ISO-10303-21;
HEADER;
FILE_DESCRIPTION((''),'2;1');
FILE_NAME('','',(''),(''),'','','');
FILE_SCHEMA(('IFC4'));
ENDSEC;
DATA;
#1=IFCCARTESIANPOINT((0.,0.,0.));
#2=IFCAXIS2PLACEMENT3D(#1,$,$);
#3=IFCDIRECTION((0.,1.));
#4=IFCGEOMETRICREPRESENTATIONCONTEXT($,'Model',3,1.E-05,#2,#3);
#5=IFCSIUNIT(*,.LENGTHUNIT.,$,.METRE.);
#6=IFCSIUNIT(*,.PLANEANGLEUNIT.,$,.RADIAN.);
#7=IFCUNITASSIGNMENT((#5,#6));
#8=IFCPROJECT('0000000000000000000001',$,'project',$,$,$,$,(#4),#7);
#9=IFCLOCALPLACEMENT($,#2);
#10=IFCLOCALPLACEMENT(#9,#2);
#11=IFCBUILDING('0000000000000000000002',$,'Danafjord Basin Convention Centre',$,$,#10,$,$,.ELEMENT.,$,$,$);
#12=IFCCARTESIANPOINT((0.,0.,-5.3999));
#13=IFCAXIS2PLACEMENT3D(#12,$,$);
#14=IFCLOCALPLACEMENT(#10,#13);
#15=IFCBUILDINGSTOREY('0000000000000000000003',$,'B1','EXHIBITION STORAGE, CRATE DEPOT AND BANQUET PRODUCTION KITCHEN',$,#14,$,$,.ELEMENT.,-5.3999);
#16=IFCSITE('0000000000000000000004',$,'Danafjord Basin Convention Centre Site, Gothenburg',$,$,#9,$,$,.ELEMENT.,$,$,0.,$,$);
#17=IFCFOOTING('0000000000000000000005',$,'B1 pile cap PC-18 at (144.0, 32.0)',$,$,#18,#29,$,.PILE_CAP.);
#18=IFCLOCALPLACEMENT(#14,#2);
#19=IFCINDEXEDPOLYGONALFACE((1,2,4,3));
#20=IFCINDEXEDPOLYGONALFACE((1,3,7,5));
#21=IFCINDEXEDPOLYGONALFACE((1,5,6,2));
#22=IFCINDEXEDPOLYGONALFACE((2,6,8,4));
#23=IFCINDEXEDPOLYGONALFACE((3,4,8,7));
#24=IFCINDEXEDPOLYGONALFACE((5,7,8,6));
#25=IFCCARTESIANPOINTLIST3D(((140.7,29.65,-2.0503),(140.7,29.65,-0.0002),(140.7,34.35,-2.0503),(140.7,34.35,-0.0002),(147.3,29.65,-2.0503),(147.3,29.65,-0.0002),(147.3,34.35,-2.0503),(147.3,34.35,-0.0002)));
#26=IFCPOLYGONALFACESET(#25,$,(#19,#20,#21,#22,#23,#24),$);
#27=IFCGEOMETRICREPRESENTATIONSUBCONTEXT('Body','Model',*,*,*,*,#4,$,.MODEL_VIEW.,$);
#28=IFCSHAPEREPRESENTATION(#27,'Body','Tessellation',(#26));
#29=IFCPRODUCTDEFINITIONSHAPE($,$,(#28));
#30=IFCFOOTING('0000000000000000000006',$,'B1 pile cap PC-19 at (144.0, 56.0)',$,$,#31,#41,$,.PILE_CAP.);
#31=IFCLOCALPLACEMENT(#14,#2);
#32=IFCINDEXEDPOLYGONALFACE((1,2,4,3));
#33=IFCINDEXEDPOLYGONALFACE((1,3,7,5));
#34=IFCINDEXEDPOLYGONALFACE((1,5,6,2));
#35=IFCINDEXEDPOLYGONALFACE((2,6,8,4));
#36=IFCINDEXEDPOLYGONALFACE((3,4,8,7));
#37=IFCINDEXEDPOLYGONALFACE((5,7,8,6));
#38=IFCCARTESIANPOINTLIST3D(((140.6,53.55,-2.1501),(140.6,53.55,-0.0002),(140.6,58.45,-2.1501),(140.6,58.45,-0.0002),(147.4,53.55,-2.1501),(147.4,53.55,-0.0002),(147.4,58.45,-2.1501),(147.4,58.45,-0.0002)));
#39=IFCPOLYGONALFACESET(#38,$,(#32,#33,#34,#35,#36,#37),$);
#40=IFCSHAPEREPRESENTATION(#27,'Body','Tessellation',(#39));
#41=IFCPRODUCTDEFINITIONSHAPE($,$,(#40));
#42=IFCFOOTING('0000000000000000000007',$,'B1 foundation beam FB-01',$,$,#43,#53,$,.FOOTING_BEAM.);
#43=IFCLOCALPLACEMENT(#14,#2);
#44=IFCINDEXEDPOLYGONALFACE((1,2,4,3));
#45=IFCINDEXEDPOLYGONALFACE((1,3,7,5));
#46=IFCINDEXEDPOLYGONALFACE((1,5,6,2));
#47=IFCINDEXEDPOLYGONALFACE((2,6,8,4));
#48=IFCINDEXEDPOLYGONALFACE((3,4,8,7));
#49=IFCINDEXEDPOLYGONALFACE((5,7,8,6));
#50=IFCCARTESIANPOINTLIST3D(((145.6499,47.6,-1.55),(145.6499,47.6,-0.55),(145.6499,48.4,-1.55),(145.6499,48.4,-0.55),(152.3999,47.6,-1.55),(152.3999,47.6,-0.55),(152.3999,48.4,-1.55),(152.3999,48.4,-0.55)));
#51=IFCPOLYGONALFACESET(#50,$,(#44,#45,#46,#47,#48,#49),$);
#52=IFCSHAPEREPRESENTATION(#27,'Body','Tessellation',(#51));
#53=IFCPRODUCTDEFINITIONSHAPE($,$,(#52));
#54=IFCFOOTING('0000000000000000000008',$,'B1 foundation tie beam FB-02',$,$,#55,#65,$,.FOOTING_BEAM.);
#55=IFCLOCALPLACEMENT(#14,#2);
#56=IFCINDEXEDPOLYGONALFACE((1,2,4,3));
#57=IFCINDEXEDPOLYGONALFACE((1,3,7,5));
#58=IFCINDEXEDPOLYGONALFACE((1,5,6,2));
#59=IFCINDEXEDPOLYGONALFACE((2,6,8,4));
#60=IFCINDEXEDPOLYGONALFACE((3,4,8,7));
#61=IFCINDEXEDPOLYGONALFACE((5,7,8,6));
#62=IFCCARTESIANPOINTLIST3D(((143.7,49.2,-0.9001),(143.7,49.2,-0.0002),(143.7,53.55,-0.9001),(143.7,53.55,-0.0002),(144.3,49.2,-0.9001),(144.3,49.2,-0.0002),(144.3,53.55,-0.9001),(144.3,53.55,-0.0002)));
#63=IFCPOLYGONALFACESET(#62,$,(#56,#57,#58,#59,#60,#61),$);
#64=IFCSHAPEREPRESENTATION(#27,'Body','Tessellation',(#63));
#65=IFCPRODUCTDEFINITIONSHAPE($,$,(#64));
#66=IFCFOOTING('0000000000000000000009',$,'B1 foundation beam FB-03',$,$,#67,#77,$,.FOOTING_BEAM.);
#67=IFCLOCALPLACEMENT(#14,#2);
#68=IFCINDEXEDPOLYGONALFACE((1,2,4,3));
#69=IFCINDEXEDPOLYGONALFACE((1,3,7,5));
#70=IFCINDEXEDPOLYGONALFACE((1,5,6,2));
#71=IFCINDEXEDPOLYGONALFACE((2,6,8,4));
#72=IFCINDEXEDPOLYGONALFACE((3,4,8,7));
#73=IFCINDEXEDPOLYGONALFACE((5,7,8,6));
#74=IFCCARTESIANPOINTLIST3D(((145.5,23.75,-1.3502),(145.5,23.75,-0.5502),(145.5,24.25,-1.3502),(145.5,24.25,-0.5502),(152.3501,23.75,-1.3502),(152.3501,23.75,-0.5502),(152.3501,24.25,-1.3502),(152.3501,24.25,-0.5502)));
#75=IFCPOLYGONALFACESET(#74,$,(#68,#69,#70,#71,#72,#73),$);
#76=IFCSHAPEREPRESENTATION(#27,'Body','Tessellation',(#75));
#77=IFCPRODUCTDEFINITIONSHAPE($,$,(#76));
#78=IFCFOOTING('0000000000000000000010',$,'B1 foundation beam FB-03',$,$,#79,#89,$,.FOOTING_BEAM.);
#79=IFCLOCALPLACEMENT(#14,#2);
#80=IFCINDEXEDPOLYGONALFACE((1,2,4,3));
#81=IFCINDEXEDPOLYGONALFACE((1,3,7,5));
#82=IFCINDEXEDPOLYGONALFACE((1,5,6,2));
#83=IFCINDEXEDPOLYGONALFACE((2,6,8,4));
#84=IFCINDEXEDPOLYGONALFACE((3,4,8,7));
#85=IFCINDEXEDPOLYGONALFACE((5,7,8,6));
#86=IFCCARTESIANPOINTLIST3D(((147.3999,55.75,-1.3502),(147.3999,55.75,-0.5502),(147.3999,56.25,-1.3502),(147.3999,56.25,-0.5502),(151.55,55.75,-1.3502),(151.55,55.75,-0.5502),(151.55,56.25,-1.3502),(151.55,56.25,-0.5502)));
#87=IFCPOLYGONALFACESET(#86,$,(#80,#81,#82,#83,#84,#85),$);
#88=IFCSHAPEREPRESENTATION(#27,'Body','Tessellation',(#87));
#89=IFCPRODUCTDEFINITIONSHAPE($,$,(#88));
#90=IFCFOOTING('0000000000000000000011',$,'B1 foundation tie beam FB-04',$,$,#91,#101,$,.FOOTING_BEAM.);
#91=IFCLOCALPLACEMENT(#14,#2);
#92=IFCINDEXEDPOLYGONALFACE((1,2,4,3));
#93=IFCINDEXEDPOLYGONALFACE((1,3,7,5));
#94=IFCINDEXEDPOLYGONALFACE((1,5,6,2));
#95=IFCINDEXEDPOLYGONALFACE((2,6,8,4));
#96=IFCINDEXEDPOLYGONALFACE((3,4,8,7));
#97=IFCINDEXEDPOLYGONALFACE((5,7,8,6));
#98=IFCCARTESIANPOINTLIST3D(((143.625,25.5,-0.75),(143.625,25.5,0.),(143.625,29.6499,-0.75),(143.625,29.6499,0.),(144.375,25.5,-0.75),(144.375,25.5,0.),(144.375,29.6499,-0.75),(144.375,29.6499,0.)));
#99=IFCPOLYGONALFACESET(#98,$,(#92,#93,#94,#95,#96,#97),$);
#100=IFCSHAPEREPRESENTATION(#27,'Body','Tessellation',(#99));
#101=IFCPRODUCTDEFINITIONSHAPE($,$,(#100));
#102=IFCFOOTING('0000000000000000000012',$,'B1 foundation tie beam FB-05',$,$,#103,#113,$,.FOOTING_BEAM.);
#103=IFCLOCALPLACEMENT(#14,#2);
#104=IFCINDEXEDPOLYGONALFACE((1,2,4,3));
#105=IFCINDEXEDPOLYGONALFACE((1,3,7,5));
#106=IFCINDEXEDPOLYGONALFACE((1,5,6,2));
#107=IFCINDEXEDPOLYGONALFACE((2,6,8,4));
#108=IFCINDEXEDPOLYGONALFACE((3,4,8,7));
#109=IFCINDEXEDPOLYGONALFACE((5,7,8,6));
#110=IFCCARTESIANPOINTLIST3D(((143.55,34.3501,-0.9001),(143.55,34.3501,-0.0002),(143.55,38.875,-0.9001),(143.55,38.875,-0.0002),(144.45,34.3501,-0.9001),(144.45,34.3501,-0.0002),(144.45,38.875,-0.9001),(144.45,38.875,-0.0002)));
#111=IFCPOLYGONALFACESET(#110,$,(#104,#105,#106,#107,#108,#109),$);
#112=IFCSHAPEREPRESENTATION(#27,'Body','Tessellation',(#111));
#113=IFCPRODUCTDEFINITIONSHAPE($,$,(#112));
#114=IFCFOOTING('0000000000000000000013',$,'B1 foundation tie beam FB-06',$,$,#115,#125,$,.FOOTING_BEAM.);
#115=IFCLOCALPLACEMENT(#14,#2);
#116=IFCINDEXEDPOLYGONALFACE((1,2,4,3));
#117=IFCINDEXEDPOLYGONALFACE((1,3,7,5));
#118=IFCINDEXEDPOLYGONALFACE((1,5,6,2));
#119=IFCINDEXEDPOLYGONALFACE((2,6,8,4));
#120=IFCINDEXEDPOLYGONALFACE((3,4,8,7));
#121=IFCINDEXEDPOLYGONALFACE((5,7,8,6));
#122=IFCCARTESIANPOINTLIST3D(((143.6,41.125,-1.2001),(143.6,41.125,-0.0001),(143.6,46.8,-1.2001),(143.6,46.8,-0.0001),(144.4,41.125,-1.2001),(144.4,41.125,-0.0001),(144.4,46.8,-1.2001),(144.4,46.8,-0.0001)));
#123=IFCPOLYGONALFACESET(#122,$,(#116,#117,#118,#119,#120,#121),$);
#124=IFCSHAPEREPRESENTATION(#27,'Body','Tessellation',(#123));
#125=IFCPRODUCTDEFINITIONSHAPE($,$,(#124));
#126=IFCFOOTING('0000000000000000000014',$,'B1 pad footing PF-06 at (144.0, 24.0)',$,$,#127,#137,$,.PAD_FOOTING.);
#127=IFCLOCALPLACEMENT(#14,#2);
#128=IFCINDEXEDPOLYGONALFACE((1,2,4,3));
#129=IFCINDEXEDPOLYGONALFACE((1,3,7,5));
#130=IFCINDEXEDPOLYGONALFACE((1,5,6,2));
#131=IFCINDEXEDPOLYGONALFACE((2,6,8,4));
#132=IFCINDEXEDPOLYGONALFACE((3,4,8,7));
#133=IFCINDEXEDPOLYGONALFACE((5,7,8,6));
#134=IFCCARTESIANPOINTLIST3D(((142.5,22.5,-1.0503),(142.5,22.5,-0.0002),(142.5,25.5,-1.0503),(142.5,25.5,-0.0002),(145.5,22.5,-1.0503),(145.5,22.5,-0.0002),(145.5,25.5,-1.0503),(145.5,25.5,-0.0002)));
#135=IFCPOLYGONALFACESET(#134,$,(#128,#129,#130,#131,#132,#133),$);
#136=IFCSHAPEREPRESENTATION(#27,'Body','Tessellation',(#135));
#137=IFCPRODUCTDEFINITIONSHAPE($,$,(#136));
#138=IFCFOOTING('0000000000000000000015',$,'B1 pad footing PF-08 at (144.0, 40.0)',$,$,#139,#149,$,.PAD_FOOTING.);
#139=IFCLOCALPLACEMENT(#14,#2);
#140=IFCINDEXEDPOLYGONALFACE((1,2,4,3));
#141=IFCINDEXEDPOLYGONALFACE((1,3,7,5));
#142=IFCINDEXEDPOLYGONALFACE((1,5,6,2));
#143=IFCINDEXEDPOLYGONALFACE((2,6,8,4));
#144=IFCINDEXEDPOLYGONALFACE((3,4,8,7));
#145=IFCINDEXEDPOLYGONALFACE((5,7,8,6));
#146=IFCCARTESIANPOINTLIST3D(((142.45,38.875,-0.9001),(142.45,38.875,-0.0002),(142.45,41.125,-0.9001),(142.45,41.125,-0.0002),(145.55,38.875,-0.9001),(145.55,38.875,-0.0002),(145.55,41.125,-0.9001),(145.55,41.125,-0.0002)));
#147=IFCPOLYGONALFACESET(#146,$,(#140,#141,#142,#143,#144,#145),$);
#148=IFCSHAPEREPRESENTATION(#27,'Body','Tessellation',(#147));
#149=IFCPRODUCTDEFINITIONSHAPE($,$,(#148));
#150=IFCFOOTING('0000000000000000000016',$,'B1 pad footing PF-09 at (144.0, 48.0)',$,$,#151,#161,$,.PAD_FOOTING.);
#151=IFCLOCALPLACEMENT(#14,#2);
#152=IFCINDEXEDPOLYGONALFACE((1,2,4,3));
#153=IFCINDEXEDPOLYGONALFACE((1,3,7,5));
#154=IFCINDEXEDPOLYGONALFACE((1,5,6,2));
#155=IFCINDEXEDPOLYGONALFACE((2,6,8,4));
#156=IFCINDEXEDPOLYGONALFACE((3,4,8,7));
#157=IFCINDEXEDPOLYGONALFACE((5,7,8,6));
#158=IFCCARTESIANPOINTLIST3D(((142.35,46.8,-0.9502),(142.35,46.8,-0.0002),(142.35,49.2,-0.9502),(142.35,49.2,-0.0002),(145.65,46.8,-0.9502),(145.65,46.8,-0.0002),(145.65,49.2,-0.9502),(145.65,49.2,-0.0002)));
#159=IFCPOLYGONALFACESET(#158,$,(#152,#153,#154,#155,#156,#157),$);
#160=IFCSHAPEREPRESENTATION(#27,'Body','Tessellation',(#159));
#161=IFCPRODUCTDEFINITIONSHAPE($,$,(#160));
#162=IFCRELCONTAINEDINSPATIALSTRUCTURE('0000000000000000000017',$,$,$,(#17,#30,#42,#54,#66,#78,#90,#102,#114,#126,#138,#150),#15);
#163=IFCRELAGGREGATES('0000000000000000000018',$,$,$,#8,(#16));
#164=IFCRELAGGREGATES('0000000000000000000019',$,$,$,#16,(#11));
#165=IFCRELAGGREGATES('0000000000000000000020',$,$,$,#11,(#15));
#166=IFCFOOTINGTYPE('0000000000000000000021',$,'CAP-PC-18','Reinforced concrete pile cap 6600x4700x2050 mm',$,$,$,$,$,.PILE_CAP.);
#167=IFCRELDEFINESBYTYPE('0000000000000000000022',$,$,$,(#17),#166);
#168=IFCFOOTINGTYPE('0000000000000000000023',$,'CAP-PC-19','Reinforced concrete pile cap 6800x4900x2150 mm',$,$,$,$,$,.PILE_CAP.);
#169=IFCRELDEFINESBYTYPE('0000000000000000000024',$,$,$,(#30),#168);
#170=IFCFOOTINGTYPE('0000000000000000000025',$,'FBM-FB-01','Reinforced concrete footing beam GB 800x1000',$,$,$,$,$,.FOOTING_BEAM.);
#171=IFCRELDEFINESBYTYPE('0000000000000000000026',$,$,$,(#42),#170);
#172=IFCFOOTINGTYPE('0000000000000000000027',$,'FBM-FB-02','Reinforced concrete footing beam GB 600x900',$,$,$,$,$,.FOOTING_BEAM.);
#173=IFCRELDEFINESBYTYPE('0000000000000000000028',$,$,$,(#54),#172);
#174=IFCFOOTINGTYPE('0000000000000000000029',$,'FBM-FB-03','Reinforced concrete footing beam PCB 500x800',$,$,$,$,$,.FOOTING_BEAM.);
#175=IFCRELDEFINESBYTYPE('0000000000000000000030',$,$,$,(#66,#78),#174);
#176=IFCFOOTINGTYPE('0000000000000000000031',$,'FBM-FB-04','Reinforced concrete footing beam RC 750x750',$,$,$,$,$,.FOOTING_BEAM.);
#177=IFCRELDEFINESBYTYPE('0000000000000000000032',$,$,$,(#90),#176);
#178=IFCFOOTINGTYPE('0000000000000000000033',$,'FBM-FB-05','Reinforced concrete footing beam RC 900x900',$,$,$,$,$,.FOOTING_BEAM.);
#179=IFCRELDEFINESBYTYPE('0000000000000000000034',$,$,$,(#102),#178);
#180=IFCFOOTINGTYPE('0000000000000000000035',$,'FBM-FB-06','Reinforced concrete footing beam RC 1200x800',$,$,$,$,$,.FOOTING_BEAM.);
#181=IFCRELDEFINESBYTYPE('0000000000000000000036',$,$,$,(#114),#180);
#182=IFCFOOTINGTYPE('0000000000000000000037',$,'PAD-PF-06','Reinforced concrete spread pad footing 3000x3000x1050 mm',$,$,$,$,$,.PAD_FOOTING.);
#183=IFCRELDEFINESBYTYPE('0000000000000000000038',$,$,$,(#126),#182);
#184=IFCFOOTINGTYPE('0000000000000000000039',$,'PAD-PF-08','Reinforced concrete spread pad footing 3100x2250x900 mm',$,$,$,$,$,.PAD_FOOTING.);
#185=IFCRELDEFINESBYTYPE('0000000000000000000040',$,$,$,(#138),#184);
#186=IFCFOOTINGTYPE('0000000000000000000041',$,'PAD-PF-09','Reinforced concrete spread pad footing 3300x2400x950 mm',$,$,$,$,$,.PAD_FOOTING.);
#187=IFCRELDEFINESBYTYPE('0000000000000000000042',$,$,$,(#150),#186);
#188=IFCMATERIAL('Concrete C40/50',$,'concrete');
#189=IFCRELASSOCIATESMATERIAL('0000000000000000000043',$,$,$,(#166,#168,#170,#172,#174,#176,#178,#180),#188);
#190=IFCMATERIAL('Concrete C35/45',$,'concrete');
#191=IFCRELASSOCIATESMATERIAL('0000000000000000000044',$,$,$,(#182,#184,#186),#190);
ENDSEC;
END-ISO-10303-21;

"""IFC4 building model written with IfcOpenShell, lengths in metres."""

from ifc_helpers import new_model, si_unit, direction, frame, origin, origin_2d, place, context, subcontext, project, spatial, rectangle, extrude, material, material_profile, profile_set, type_object, element, save


model = new_model("IFC4")

# Units and contexts
model_context = context("Model", 3, precision=1e-05, world=origin(), true_north=direction((0.0, 1.0)))
body_context = subcontext(model_context, "Body", "Model", "MODEL_VIEW")
ifc_project = project(units=[si_unit("LENGTHUNIT", "METRE"), si_unit("PLANEANGLEUNIT", "RADIAN")], contexts=[model_context])

# Site, building, storey
site_placement = place(None, origin())
site = spatial("IfcSite", under=ifc_project, at=site_placement, Name="Danafjord Basin Convention Centre Site, Gothenburg", CompositionType="ELEMENT", RefElevation=0.0)
building_placement = place(site_placement, origin())
building = spatial("IfcBuilding", under=site, at=building_placement, Name="Danafjord Basin Convention Centre", CompositionType="ELEMENT")
storey_placement = place(building_placement, frame((0.0, 0.0, -5.3999)))
storey = spatial("IfcBuildingStorey", under=building, at=storey_placement, Name="B1", Description="EXHIBITION STORAGE, CRATE DEPOT AND BANQUET PRODUCTION KITCHEN", CompositionType="ELEMENT", Elevation=-5.3999)

# Footings
ifc_material_1 = material(Name="Concrete C40/50", Category="concrete")
footing_type_1 = type_object("IfcFootingType", Name="CAP-PC-18", Description="Reinforced concrete pile cap 6600x4700x2050 mm", PredefinedType="PILE_CAP", material=ifc_material_1)
footing_1_placement = place(storey_placement, frame((144.0, 32.0, -2.0503), z_axis=(0.0, 0.0, 1.0), x_axis=(1.0, 0.0, 0.0)))
element("IfcFooting", 1, at=footing_1_placement, inside=storey, type_object=footing_type_1, Name="B1 pile cap PC-18 at (144.0, 32.0)", PredefinedType="PILE_CAP", context=body_context, shape_type="SweptSolid", body=[
    extrude(rectangle(XDim=6.6001, YDim=4.7, at=origin_2d()), origin(), (0.0, 0.0, 1.0), 2.05),
])
footing_type_2 = type_object("IfcFootingType", Name="CAP-PC-19", Description="Reinforced concrete pile cap 6800x4900x2150 mm", PredefinedType="PILE_CAP", material=ifc_material_1)
footing_2_placement = place(storey_placement, frame((144.0, 56.0, -2.1501), z_axis=(0.0, 0.0, 1.0), x_axis=(1.0, 0.0, 0.0)))
element("IfcFooting", 2, at=footing_2_placement, inside=storey, type_object=footing_type_2, Name="B1 pile cap PC-19 at (144.0, 56.0)", PredefinedType="PILE_CAP", context=body_context, shape_type="SweptSolid", body=[
    extrude(rectangle(XDim=6.8, YDim=4.8999, at=origin_2d()), origin(), (0.0, 0.0, 1.0), 2.1499),
])
ifc_material_profile_1 = material_profile(ifc_material_1, rectangle(XDim=0.8, YDim=1.0, at=origin_2d()), Name="GB 800x1000")
ifc_profile_set_1 = profile_set([ifc_material_profile_1], Name="Concrete C40/50")
footing_type_3 = type_object("IfcFootingType", Name="FBM-FB-01", Description="Reinforced concrete footing beam GB 800x1000", PredefinedType="FOOTING_BEAM", material=ifc_profile_set_1)
footing_3_placement = place(storey_placement, frame((145.6499, 48.0, -1.05), z_axis=(1.0, 0.0, 0.0), x_axis=(0.0, 1.0, 0.0)))
element("IfcFooting", 3, at=footing_3_placement, inside=storey, type_object=footing_type_3, Name="B1 foundation beam FB-01", PredefinedType="FOOTING_BEAM", context=body_context, shape_type="SweptSolid", body=[
    extrude(rectangle(XDim=0.8, YDim=1.0, at=origin_2d()), origin(), (0.0, 0.0, 1.0), 6.75),
])
ifc_material_profile_2 = material_profile(ifc_material_1, rectangle(XDim=0.6001, YDim=0.8999, at=origin_2d()), Name="GB 600x900")
ifc_profile_set_2 = profile_set([ifc_material_profile_2], Name="Concrete C40/50")
footing_type_4 = type_object("IfcFootingType", Name="FBM-FB-02", Description="Reinforced concrete footing beam GB 600x900", PredefinedType="FOOTING_BEAM", material=ifc_profile_set_2)
footing_4_placement = place(storey_placement, frame((144.0, 49.2, -0.4502), z_axis=(0.0, 1.0, 0.0), x_axis=(-1.0, 0.0, 0.0)))
element("IfcFooting", 4, at=footing_4_placement, inside=storey, type_object=footing_type_4, Name="B1 foundation tie beam FB-02", PredefinedType="FOOTING_BEAM", context=body_context, shape_type="SweptSolid", body=[
    extrude(rectangle(XDim=0.6001, YDim=0.8999, at=origin_2d()), origin(), (0.0, 0.0, 1.0), 4.3501),
])
ifc_material_profile_3 = material_profile(ifc_material_1, rectangle(XDim=0.5, YDim=0.8, at=origin_2d()), Name="PCB 500x800")
ifc_profile_set_3 = profile_set([ifc_material_profile_3], Name="Concrete C40/50")
footing_type_5 = type_object("IfcFootingType", Name="FBM-FB-03", Description="Reinforced concrete footing beam PCB 500x800", PredefinedType="FOOTING_BEAM", material=ifc_profile_set_3)
footing_5_placement = place(storey_placement, frame((145.5, 24.0, -0.9502), z_axis=(1.0, 0.0, 0.0), x_axis=(0.0, 1.0, 0.0)))
element("IfcFooting", 5, at=footing_5_placement, inside=storey, type_object=footing_type_5, Name="B1 foundation beam FB-03", PredefinedType="FOOTING_BEAM", context=body_context, shape_type="SweptSolid", body=[
    extrude(rectangle(XDim=0.5, YDim=0.8, at=origin_2d()), origin(), (0.0, 0.0, 1.0), 6.8501),
])
footing_6_placement = place(storey_placement, frame((147.3999, 56.0, -0.9502), z_axis=(1.0, 0.0, 0.0), x_axis=(0.0, 1.0, 0.0)))
element("IfcFooting", 6, at=footing_6_placement, inside=storey, type_object=footing_type_5, Name="B1 foundation beam FB-03", PredefinedType="FOOTING_BEAM", context=body_context, shape_type="SweptSolid", body=[
    extrude(rectangle(XDim=0.5, YDim=0.8, at=origin_2d()), origin(), (0.0, 0.0, 1.0), 4.1501),
])
ifc_material_profile_4 = material_profile(ifc_material_1, rectangle(XDim=0.75, YDim=0.75, at=origin_2d()), Name="RC 750x750")
ifc_profile_set_4 = profile_set([ifc_material_profile_4], Name="Concrete C40/50")
footing_type_6 = type_object("IfcFootingType", Name="FBM-FB-04", Description="Reinforced concrete footing beam RC 750x750", PredefinedType="FOOTING_BEAM", material=ifc_profile_set_4)
footing_7_placement = place(storey_placement, frame((144.0, 25.5, -0.375), z_axis=(0.0, 1.0, 0.0), x_axis=(-1.0, 0.0, 0.0)))
element("IfcFooting", 7, at=footing_7_placement, inside=storey, type_object=footing_type_6, Name="B1 foundation tie beam FB-04", PredefinedType="FOOTING_BEAM", context=body_context, shape_type="SweptSolid", body=[
    extrude(rectangle(XDim=0.75, YDim=0.75, at=origin_2d()), origin(), (0.0, 0.0, 1.0), 4.1499),
])
ifc_material_profile_5 = material_profile(ifc_material_1, rectangle(XDim=0.8999, YDim=0.8999, at=origin_2d()), Name="RC 900x900")
ifc_profile_set_5 = profile_set([ifc_material_profile_5], Name="Concrete C40/50")
footing_type_7 = type_object("IfcFootingType", Name="FBM-FB-05", Description="Reinforced concrete footing beam RC 900x900", PredefinedType="FOOTING_BEAM", material=ifc_profile_set_5)
footing_8_placement = place(storey_placement, frame((144.0, 34.3501, -0.4502), z_axis=(0.0, 1.0, 0.0), x_axis=(-1.0, 0.0, 0.0)))
element("IfcFooting", 8, at=footing_8_placement, inside=storey, type_object=footing_type_7, Name="B1 foundation tie beam FB-05", PredefinedType="FOOTING_BEAM", context=body_context, shape_type="SweptSolid", body=[
    extrude(rectangle(XDim=0.8999, YDim=0.8999, at=origin_2d()), origin(), (0.0, 0.0, 1.0), 4.5249),
])
ifc_material_profile_6 = material_profile(ifc_material_1, rectangle(XDim=0.8, YDim=1.2, at=origin_2d()), Name="RC 1200x800")
ifc_profile_set_6 = profile_set([ifc_material_profile_6], Name="Concrete C40/50")
footing_type_8 = type_object("IfcFootingType", Name="FBM-FB-06", Description="Reinforced concrete footing beam RC 1200x800", PredefinedType="FOOTING_BEAM", material=ifc_profile_set_6)
footing_9_placement = place(storey_placement, frame((144.0, 41.125, -0.6001), z_axis=(0.0, 1.0, 0.0), x_axis=(-1.0, 0.0, 0.0)))
element("IfcFooting", 9, at=footing_9_placement, inside=storey, type_object=footing_type_8, Name="B1 foundation tie beam FB-06", PredefinedType="FOOTING_BEAM", context=body_context, shape_type="SweptSolid", body=[
    extrude(rectangle(XDim=0.8, YDim=1.2, at=origin_2d()), origin(), (0.0, 0.0, 1.0), 5.675),
])
ifc_material_2 = material(Name="Concrete C35/45", Category="concrete")
footing_type_9 = type_object("IfcFootingType", Name="PAD-PF-06", Description="Reinforced concrete spread pad footing 3000x3000x1050 mm", PredefinedType="PAD_FOOTING", material=ifc_material_2)
footing_10_placement = place(storey_placement, frame((144.0, 24.0, -1.0503), z_axis=(0.0, 0.0, 1.0), x_axis=(1.0, 0.0, 0.0)))
element("IfcFooting", 10, at=footing_10_placement, inside=storey, type_object=footing_type_9, Name="B1 pad footing PF-06 at (144.0, 24.0)", PredefinedType="PAD_FOOTING", context=body_context, shape_type="SweptSolid", body=[
    extrude(rectangle(XDim=3.0, YDim=3.0, at=origin_2d()), origin(), (0.0, 0.0, 1.0), 1.05),
])
footing_type_10 = type_object("IfcFootingType", Name="PAD-PF-08", Description="Reinforced concrete spread pad footing 3100x2250x900 mm", PredefinedType="PAD_FOOTING", material=ifc_material_2)
footing_11_placement = place(storey_placement, frame((144.0, 40.0, -0.9001), z_axis=(0.0, 0.0, 1.0), x_axis=(1.0, 0.0, 0.0)))
element("IfcFooting", 11, at=footing_11_placement, inside=storey, type_object=footing_type_10, Name="B1 pad footing PF-08 at (144.0, 40.0)", PredefinedType="PAD_FOOTING", context=body_context, shape_type="SweptSolid", body=[
    extrude(rectangle(XDim=3.1001, YDim=2.25, at=origin_2d()), origin(), (0.0, 0.0, 1.0), 0.8999),
])
footing_type_11 = type_object("IfcFootingType", Name="PAD-PF-09", Description="Reinforced concrete spread pad footing 3300x2400x950 mm", PredefinedType="PAD_FOOTING", material=ifc_material_2)
footing_12_placement = place(storey_placement, frame((144.0, 48.0, -0.9502), z_axis=(0.0, 0.0, 1.0), x_axis=(1.0, 0.0, 0.0)))
element("IfcFooting", 12, at=footing_12_placement, inside=storey, type_object=footing_type_11, Name="B1 pad footing PF-09 at (144.0, 48.0)", PredefinedType="PAD_FOOTING", context=body_context, shape_type="SweptSolid", body=[
    extrude(rectangle(XDim=3.3, YDim=2.3999, at=origin_2d()), origin(), (0.0, 0.0, 1.0), 0.95),
])

save(model, "model.ifc")
